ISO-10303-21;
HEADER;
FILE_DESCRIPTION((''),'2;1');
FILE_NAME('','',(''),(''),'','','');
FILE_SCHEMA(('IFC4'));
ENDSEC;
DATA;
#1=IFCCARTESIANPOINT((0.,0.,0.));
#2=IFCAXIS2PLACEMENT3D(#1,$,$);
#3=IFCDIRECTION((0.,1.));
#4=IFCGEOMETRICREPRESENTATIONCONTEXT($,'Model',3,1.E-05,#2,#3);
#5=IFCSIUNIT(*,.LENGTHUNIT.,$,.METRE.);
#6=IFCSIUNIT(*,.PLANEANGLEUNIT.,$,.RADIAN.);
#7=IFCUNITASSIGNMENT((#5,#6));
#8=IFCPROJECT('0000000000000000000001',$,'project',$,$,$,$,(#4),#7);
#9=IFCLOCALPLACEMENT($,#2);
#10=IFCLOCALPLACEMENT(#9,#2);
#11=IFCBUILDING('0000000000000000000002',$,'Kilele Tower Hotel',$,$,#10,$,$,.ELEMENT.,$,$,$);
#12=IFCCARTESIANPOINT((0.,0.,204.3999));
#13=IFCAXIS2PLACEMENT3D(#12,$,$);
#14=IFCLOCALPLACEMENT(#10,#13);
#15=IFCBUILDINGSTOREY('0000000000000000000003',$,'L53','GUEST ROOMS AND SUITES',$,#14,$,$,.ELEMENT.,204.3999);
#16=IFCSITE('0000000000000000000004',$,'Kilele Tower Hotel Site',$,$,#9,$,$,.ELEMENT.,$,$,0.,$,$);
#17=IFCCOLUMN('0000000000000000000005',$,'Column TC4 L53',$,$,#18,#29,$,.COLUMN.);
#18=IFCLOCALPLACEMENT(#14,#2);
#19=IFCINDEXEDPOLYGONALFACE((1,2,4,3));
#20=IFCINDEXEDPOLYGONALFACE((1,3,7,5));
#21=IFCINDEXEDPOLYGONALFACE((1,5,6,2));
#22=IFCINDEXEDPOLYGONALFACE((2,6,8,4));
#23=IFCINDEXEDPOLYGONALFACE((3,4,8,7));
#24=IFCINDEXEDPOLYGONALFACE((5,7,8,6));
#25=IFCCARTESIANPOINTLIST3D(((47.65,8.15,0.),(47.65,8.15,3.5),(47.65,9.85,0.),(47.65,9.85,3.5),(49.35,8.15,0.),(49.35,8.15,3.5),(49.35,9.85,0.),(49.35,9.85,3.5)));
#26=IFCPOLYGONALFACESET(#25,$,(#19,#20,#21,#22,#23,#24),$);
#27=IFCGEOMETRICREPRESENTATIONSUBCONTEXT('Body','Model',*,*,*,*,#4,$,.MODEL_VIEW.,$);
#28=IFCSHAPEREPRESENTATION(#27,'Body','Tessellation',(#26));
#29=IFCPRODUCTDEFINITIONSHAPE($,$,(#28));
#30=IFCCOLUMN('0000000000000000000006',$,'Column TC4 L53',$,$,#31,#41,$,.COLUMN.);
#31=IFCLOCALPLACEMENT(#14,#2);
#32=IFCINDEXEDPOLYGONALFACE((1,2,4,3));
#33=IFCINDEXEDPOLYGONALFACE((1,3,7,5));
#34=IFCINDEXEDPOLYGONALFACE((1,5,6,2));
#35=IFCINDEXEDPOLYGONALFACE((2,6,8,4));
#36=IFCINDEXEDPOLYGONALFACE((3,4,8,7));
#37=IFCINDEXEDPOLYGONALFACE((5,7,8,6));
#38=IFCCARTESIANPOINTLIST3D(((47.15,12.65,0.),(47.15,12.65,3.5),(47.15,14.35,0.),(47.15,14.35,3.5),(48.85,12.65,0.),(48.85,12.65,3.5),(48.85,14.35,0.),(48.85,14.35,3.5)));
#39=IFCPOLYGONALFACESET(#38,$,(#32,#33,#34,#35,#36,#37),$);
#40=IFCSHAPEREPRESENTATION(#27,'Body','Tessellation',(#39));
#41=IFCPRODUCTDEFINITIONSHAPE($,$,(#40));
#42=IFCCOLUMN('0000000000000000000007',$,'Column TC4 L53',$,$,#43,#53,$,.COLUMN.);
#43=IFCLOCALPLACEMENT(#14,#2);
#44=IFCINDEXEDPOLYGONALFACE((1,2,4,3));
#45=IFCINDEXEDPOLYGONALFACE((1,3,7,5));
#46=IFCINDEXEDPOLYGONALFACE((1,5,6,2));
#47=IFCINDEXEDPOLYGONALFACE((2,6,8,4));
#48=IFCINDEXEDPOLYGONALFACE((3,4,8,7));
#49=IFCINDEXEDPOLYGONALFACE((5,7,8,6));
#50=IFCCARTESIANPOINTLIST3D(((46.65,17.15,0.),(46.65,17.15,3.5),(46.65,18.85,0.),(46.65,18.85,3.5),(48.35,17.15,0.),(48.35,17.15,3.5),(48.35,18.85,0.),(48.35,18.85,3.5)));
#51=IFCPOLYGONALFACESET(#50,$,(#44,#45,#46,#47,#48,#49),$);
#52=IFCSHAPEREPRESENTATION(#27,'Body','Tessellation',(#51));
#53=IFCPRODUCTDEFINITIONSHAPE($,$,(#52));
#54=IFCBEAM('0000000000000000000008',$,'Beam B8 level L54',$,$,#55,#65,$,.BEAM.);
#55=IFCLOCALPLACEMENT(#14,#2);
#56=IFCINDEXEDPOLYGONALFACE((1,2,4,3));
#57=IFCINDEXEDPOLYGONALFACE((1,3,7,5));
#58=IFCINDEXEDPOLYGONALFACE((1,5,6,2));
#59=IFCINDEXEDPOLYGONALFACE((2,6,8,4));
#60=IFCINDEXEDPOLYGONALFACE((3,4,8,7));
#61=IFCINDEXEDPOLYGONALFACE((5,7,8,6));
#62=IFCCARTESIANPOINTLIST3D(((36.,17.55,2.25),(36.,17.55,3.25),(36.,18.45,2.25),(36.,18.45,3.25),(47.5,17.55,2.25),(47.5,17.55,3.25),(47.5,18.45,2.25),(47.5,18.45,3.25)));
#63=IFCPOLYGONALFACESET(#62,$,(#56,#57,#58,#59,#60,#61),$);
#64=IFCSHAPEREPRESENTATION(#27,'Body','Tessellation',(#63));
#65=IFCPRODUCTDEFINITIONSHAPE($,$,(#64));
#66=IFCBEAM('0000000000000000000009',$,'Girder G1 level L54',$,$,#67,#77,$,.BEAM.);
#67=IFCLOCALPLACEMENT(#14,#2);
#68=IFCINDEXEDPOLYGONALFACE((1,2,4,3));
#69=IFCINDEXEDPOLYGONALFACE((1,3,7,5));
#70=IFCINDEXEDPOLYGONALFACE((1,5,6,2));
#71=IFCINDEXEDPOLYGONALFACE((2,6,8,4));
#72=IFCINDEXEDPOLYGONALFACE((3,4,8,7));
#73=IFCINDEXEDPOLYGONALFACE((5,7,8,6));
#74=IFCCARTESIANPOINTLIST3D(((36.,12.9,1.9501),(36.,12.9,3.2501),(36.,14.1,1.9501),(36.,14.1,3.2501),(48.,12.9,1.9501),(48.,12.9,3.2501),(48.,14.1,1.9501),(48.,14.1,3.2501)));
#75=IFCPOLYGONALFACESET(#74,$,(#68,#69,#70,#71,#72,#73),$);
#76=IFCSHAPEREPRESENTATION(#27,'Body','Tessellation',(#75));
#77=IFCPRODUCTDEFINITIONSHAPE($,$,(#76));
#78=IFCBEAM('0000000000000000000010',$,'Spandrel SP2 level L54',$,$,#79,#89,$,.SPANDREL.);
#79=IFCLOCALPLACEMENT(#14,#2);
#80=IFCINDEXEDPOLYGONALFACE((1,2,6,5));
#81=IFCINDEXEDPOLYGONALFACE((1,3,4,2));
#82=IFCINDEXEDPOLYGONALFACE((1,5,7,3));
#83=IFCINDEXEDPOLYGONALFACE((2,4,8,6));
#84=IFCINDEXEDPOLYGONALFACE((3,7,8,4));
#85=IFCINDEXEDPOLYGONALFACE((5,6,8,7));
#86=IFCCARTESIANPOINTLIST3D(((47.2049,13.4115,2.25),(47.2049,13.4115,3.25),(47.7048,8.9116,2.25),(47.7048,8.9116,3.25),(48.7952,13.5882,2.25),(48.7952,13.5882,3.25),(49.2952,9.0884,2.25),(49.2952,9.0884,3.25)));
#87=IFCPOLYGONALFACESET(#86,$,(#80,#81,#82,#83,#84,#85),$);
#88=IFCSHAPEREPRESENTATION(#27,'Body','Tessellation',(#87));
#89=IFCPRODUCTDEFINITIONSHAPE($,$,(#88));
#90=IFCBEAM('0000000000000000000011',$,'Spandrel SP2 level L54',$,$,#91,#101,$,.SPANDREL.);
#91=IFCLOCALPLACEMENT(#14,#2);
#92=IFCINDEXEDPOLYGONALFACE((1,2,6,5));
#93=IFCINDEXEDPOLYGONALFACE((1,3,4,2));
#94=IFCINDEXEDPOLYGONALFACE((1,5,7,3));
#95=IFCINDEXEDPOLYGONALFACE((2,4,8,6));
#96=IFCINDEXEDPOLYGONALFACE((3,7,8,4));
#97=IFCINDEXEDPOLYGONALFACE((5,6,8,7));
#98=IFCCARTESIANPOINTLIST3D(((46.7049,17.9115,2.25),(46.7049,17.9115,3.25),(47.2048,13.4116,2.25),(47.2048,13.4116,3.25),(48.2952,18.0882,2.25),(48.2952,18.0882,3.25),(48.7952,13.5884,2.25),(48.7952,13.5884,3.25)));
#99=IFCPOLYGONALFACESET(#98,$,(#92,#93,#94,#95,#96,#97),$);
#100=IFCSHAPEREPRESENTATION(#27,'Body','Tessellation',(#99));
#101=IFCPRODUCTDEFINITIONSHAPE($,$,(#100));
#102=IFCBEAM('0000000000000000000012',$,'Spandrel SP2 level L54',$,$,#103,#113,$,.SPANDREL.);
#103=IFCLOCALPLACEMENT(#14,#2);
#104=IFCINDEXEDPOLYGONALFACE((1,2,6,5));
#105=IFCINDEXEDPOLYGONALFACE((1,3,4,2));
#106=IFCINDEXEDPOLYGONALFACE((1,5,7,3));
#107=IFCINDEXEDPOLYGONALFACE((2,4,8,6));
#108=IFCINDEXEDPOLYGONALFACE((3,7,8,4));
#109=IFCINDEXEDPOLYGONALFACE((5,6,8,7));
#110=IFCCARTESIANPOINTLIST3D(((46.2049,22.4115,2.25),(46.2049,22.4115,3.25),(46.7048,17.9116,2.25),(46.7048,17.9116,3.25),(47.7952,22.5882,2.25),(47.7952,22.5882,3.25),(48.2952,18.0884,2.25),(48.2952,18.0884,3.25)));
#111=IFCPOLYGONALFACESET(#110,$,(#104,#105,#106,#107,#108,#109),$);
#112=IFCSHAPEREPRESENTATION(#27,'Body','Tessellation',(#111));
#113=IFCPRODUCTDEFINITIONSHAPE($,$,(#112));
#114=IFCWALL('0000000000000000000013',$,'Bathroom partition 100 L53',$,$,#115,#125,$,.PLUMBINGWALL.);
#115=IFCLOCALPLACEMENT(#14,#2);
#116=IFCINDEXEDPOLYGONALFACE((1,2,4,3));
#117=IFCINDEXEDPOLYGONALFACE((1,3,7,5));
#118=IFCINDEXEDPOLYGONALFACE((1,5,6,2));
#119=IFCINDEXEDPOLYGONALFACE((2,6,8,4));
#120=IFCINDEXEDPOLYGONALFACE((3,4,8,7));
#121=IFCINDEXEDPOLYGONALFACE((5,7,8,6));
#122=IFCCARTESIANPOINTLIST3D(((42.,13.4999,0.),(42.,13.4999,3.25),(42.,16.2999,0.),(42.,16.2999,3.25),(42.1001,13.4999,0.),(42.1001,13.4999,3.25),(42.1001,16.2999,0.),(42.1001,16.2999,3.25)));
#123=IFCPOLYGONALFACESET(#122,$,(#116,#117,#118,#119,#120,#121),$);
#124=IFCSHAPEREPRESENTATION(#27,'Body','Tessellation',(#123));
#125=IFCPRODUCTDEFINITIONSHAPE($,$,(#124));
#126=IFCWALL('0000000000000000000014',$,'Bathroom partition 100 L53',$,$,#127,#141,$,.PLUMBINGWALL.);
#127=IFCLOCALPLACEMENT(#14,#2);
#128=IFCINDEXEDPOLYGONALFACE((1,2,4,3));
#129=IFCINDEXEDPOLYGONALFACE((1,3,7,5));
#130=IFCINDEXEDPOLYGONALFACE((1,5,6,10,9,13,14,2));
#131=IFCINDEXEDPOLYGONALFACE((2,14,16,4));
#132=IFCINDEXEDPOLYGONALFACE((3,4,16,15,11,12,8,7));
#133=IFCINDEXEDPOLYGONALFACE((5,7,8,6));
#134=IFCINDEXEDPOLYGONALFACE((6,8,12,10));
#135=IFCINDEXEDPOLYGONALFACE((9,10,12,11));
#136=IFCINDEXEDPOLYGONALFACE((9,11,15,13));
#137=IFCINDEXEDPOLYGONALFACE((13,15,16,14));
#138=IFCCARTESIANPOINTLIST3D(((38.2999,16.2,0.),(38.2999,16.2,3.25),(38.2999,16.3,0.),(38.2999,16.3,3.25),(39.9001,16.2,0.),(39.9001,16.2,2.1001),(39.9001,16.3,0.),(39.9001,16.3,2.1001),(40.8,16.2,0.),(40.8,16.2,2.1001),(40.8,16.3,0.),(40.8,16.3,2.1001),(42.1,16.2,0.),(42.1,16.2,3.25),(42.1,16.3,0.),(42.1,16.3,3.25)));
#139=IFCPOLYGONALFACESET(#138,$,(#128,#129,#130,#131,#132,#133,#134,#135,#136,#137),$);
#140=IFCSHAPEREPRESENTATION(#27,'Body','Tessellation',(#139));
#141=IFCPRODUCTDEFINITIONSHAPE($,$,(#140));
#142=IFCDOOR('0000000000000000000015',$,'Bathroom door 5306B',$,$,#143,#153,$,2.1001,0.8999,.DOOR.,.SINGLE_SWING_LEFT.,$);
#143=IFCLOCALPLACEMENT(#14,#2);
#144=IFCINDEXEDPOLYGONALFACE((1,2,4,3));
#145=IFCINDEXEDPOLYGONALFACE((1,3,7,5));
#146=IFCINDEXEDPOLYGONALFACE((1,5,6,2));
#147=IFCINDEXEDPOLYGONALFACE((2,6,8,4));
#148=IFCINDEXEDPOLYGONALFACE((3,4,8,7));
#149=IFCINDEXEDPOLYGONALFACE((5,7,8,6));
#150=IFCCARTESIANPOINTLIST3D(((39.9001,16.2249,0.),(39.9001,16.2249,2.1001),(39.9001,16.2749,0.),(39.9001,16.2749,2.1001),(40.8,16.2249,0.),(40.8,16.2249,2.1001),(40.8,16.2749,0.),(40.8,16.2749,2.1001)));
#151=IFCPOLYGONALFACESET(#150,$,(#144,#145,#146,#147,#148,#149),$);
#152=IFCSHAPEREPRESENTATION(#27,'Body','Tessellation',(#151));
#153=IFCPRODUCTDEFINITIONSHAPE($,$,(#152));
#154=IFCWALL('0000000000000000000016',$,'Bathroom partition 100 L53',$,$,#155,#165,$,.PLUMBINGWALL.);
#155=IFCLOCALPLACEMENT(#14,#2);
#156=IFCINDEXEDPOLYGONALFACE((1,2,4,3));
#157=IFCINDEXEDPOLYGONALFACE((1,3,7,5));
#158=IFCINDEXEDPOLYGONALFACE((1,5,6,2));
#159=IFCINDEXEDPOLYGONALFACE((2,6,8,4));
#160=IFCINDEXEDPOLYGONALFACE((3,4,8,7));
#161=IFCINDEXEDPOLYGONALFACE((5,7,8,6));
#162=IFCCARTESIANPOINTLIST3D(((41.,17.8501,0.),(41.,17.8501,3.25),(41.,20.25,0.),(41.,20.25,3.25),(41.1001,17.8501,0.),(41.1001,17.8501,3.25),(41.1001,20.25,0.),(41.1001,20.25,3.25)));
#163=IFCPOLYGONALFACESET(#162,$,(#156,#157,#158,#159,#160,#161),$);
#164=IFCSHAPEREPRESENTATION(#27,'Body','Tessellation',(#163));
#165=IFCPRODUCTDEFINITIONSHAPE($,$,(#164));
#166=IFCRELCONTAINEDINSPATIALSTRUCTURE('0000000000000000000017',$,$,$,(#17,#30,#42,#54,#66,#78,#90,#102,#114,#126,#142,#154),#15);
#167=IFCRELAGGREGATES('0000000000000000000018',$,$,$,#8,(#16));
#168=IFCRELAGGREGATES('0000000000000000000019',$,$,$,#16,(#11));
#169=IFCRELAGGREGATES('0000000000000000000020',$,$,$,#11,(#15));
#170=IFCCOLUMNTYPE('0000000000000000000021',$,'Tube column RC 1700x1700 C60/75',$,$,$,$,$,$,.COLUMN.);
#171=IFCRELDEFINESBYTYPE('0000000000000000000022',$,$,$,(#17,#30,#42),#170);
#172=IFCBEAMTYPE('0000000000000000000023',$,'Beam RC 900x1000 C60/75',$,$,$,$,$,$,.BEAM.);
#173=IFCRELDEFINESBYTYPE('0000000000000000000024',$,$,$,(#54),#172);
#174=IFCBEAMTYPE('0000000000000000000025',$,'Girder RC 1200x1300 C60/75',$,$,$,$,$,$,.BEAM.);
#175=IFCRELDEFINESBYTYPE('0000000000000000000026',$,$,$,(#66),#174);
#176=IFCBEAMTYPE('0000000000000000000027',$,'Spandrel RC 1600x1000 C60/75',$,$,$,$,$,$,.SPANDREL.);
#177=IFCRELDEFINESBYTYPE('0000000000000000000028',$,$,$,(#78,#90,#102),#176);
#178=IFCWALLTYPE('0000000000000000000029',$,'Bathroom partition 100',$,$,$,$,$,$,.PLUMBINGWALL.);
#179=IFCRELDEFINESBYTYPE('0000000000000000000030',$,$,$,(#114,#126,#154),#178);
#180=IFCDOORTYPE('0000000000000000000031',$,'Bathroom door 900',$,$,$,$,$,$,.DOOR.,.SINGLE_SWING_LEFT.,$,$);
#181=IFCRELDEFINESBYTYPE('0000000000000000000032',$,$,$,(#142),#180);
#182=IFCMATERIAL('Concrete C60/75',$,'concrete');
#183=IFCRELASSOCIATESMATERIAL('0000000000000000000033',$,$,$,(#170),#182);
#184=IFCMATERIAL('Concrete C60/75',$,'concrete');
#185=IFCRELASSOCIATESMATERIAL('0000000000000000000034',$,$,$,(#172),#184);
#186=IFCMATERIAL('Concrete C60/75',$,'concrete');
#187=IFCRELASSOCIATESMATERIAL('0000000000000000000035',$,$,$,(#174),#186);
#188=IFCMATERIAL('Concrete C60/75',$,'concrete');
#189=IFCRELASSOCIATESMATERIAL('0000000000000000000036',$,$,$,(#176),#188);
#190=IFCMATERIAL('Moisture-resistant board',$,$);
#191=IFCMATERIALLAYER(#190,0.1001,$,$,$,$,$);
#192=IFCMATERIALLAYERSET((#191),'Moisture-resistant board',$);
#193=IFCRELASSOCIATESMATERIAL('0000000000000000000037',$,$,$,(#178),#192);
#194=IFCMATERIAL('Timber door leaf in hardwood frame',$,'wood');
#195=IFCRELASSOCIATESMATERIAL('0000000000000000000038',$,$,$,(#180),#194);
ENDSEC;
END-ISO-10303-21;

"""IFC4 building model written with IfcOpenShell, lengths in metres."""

from ifc_helpers import new_model, si_unit, direction, frame, frame_2d, origin, origin_2d, place, context, subcontext, project, spatial, rectangle, extrude, material, layer, layer_set, material_profile, profile_set, type_object, element, fill, save


model = new_model("IFC4")

# Units and contexts
model_context = context("Model", 3, precision=1e-05, world=origin(), true_north=direction((0.0, 1.0)))
body_context = subcontext(model_context, "Body", "Model", "MODEL_VIEW")
ifc_project = project(units=[si_unit("LENGTHUNIT", "METRE"), si_unit("PLANEANGLEUNIT", "RADIAN")], contexts=[model_context])

# Site, building, storey
site_placement = place(None, origin())
site = spatial("IfcSite", under=ifc_project, at=site_placement, Name="Kilele Tower Hotel Site", CompositionType="ELEMENT", RefElevation=0.0)
building_placement = place(site_placement, origin())
building = spatial("IfcBuilding", under=site, at=building_placement, Name="Kilele Tower Hotel", CompositionType="ELEMENT")
storey_placement = place(building_placement, frame((0.0, 0.0, 204.3999)))
storey = spatial("IfcBuildingStorey", under=building, at=storey_placement, Name="L53", Description="GUEST ROOMS AND SUITES", CompositionType="ELEMENT", Elevation=204.3999)

# Columns
ifc_material_1 = material(Name="Concrete C60/75", Category="concrete")
ifc_material_profile_1 = material_profile(ifc_material_1, rectangle(XDim=1.7, YDim=1.7, at=origin_2d()))
ifc_profile_set_1 = profile_set([ifc_material_profile_1], Name="Concrete C60/75")
column_type = type_object("IfcColumnType", Name="Tube column RC 1700x1700 C60/75", PredefinedType="COLUMN", material=ifc_profile_set_1)
for number, where, z_axis, x_axis, name in (
    (1, (48.5, 9.0, 0.0), (0.0, 0.0, 1.0), (1.0, 0.0, 0.0), "Column TC4 L53"),
    (2, (48.0, 13.5, 0.0), (0.0, 0.0, 1.0), (1.0, 0.0, 0.0), "Column TC4 L53"),
    (3, (47.5, 18.0, 0.0), (0.0, 0.0, 1.0), (1.0, 0.0, 0.0), "Column TC4 L53"),
):
    element("IfcColumn", number, at=place(storey_placement, frame(where, z_axis=z_axis, x_axis=x_axis)), inside=storey, type_object=column_type, Name=name, PredefinedType="COLUMN", context=body_context, shape_type="SweptSolid", body=[
        extrude(rectangle(XDim=1.7, YDim=1.7, at=origin_2d()), origin(), (0.0, 0.0, 1.0), 3.5),
    ])

# Beams
ifc_material_2 = material(Name="Concrete C60/75", Category="concrete")
ifc_material_profile_2 = material_profile(ifc_material_2, rectangle(XDim=0.8999, YDim=1.0, at=origin_2d()))
ifc_profile_set_2 = profile_set([ifc_material_profile_2], Name="Concrete C60/75")
beam_type_1 = type_object("IfcBeamType", Name="Beam RC 900x1000 C60/75", PredefinedType="BEAM", material=ifc_profile_set_2)
beam_1_placement = place(storey_placement, frame((47.5, 18.0, 2.75), z_axis=(-1.0, 0.0, 0.0), x_axis=(0.0, -1.0, 0.0)))
element("IfcBeam", 4, at=beam_1_placement, inside=storey, type_object=beam_type_1, Name="Beam B8 level L54", PredefinedType="BEAM", context=body_context, shape_type="SweptSolid", body=[
    extrude(rectangle(XDim=0.8999, YDim=1.0, at=origin_2d()), origin(), (0.0, 0.0, 1.0), 11.5),
])
ifc_material_3 = material(Name="Concrete C60/75", Category="concrete")
ifc_material_profile_3 = material_profile(ifc_material_3, rectangle(XDim=1.2, YDim=1.3, at=origin_2d()))
ifc_profile_set_3 = profile_set([ifc_material_profile_3], Name="Concrete C60/75")
beam_type_2 = type_object("IfcBeamType", Name="Girder RC 1200x1300 C60/75", PredefinedType="BEAM", material=ifc_profile_set_3)
beam_2_placement = place(storey_placement, frame((48.0, 13.5, 2.6001), z_axis=(-1.0, 0.0, 0.0), x_axis=(0.0, -1.0, 0.0)))
element("IfcBeam", 5, at=beam_2_placement, inside=storey, type_object=beam_type_2, Name="Girder G1 level L54", PredefinedType="BEAM", context=body_context, shape_type="SweptSolid", body=[
    extrude(rectangle(XDim=1.2, YDim=1.3, at=origin_2d()), origin(), (0.0, 0.0, 1.0), 12.0),
])
ifc_material_4 = material(Name="Concrete C60/75", Category="concrete")
ifc_material_profile_4 = material_profile(ifc_material_4, rectangle(XDim=1.6001, YDim=1.0, at=origin_2d()))
ifc_profile_set_4 = profile_set([ifc_material_profile_4], Name="Concrete C60/75")
beam_type_3 = type_object("IfcBeamType", Name="Spandrel RC 1600x1000 C60/75", PredefinedType="SPANDREL", material=ifc_profile_set_4)
for number, where, z_axis, x_axis, name in (
    (6, (48.5, 9.0, 2.75), (-0.110432, 0.993884, 0.0), (-0.993884, -0.110432, 0.0), "Spandrel SP2 level L54"),
    (7, (48.0, 13.5, 2.75), (-0.110432, 0.993884, 0.0), (-0.993884, -0.110432, 0.0), "Spandrel SP2 level L54"),
    (8, (47.5, 18.0, 2.75), (-0.110432, 0.993884, 0.0), (-0.993884, -0.110432, 0.0), "Spandrel SP2 level L54"),
):
    element("IfcBeam", number, at=place(storey_placement, frame(where, z_axis=z_axis, x_axis=x_axis)), inside=storey, type_object=beam_type_3, Name=name, PredefinedType="SPANDREL", context=body_context, shape_type="SweptSolid", body=[
        extrude(rectangle(XDim=1.6001, YDim=1.0, at=origin_2d()), origin(), (0.0, 0.0, 1.0), 4.5276),
    ])

# Wall
ifc_material_5 = material(Name="Moisture-resistant board")
ifc_layer_1 = layer(ifc_material_5, 0.1001)
ifc_layer_set_1 = layer_set([ifc_layer_1], Name="Moisture-resistant board")
wall_type_1 = type_object("IfcWallType", Name="Bathroom partition 100", PredefinedType="PLUMBINGWALL", material=ifc_layer_set_1)
wall_1_placement = place(storey_placement, frame((42.05, 13.5, 0.0), z_axis=(0.0, 0.0, 1.0), x_axis=(0.0, 1.0, 0.0)))
element("IfcWall", 9, at=wall_1_placement, inside=storey, type_object=wall_type_1, Name="Bathroom partition 100 L53", PredefinedType="PLUMBINGWALL", context=body_context, shape_type="SweptSolid", body=[
    extrude(rectangle(XDim=2.8, YDim=0.1001, at=frame_2d((1.3999, 0.0))), origin(), (0.0, 0.0, 1.0), 3.25),
])

# Wall, opening, door
wall_2_placement = place(storey_placement, frame((38.3, 16.25, 0.0), z_axis=(0.0, 0.0, 1.0), x_axis=(1.0, 0.0, 0.0)))
wall_2 = element("IfcWall", 10, at=wall_2_placement, inside=storey, type_object=wall_type_1, Name="Bathroom partition 100 L53", PredefinedType="PLUMBINGWALL", context=body_context, shape_type="SweptSolid", body=[
    extrude(rectangle(XDim=3.8, YDim=0.1001, at=frame_2d((1.8999, 0.0))), origin(), (0.0, 0.0, 1.0), 3.25),
])
opening_1_placement = place(wall_2_placement, frame((1.6001, 0.0, 0.0)))
opening_1 = element("IfcOpeningElement", 11, at=opening_1_placement, cuts=wall_2, PredefinedType="OPENING", context=body_context, shape_type="SweptSolid", body=[
    extrude(rectangle(XDim=0.8999, YDim=2.1001, at=frame_2d((0.45, 1.05))), frame((0.0, 0.0601, 0.0), z_axis=(0.0, -1.0, 0.0), x_axis=(1.0, 0.0, 0.0)), (0.0, 0.0, 1.0), 0.1201),
])
ifc_material_6 = material(Name="Timber door leaf in hardwood frame", Category="wood")
door_type_1 = type_object("IfcDoorType", Name="Bathroom door 900", OperationType="SINGLE_SWING_LEFT", PredefinedType="DOOR", material=ifc_material_6)
door_1_placement = place(opening_1_placement, origin())
door_1 = element("IfcDoor", 12, at=door_1_placement, inside=storey, type_object=door_type_1, Name="Bathroom door 5306B", OperationType="SINGLE_SWING_LEFT", OverallHeight=2.1001, OverallWidth=0.8999, PredefinedType="DOOR", context=body_context, shape_type="SweptSolid", body=[
    extrude(rectangle(XDim=0.8999, YDim=2.1001, at=frame_2d((0.45, 1.05))), frame((0.0, 0.0249, 0.0), z_axis=(0.0, -1.0, 0.0), x_axis=(1.0, 0.0, 0.0)), (0.0, 0.0, 1.0), 0.05),
])
fill(opening_1, door_1)

# Wall
wall_3_placement = place(storey_placement, frame((41.05, 17.8501, 0.0), z_axis=(0.0, 0.0, 1.0), x_axis=(0.0, 1.0, 0.0)))
element("IfcWall", 13, at=wall_3_placement, inside=storey, type_object=wall_type_1, Name="Bathroom partition 100 L53", PredefinedType="PLUMBINGWALL", context=body_context, shape_type="SweptSolid", body=[
    extrude(rectangle(XDim=2.3999, YDim=0.1001, at=frame_2d((1.2, 0.0))), origin(), (0.0, 0.0, 1.0), 3.25),
])

save(model, "model.ifc")
